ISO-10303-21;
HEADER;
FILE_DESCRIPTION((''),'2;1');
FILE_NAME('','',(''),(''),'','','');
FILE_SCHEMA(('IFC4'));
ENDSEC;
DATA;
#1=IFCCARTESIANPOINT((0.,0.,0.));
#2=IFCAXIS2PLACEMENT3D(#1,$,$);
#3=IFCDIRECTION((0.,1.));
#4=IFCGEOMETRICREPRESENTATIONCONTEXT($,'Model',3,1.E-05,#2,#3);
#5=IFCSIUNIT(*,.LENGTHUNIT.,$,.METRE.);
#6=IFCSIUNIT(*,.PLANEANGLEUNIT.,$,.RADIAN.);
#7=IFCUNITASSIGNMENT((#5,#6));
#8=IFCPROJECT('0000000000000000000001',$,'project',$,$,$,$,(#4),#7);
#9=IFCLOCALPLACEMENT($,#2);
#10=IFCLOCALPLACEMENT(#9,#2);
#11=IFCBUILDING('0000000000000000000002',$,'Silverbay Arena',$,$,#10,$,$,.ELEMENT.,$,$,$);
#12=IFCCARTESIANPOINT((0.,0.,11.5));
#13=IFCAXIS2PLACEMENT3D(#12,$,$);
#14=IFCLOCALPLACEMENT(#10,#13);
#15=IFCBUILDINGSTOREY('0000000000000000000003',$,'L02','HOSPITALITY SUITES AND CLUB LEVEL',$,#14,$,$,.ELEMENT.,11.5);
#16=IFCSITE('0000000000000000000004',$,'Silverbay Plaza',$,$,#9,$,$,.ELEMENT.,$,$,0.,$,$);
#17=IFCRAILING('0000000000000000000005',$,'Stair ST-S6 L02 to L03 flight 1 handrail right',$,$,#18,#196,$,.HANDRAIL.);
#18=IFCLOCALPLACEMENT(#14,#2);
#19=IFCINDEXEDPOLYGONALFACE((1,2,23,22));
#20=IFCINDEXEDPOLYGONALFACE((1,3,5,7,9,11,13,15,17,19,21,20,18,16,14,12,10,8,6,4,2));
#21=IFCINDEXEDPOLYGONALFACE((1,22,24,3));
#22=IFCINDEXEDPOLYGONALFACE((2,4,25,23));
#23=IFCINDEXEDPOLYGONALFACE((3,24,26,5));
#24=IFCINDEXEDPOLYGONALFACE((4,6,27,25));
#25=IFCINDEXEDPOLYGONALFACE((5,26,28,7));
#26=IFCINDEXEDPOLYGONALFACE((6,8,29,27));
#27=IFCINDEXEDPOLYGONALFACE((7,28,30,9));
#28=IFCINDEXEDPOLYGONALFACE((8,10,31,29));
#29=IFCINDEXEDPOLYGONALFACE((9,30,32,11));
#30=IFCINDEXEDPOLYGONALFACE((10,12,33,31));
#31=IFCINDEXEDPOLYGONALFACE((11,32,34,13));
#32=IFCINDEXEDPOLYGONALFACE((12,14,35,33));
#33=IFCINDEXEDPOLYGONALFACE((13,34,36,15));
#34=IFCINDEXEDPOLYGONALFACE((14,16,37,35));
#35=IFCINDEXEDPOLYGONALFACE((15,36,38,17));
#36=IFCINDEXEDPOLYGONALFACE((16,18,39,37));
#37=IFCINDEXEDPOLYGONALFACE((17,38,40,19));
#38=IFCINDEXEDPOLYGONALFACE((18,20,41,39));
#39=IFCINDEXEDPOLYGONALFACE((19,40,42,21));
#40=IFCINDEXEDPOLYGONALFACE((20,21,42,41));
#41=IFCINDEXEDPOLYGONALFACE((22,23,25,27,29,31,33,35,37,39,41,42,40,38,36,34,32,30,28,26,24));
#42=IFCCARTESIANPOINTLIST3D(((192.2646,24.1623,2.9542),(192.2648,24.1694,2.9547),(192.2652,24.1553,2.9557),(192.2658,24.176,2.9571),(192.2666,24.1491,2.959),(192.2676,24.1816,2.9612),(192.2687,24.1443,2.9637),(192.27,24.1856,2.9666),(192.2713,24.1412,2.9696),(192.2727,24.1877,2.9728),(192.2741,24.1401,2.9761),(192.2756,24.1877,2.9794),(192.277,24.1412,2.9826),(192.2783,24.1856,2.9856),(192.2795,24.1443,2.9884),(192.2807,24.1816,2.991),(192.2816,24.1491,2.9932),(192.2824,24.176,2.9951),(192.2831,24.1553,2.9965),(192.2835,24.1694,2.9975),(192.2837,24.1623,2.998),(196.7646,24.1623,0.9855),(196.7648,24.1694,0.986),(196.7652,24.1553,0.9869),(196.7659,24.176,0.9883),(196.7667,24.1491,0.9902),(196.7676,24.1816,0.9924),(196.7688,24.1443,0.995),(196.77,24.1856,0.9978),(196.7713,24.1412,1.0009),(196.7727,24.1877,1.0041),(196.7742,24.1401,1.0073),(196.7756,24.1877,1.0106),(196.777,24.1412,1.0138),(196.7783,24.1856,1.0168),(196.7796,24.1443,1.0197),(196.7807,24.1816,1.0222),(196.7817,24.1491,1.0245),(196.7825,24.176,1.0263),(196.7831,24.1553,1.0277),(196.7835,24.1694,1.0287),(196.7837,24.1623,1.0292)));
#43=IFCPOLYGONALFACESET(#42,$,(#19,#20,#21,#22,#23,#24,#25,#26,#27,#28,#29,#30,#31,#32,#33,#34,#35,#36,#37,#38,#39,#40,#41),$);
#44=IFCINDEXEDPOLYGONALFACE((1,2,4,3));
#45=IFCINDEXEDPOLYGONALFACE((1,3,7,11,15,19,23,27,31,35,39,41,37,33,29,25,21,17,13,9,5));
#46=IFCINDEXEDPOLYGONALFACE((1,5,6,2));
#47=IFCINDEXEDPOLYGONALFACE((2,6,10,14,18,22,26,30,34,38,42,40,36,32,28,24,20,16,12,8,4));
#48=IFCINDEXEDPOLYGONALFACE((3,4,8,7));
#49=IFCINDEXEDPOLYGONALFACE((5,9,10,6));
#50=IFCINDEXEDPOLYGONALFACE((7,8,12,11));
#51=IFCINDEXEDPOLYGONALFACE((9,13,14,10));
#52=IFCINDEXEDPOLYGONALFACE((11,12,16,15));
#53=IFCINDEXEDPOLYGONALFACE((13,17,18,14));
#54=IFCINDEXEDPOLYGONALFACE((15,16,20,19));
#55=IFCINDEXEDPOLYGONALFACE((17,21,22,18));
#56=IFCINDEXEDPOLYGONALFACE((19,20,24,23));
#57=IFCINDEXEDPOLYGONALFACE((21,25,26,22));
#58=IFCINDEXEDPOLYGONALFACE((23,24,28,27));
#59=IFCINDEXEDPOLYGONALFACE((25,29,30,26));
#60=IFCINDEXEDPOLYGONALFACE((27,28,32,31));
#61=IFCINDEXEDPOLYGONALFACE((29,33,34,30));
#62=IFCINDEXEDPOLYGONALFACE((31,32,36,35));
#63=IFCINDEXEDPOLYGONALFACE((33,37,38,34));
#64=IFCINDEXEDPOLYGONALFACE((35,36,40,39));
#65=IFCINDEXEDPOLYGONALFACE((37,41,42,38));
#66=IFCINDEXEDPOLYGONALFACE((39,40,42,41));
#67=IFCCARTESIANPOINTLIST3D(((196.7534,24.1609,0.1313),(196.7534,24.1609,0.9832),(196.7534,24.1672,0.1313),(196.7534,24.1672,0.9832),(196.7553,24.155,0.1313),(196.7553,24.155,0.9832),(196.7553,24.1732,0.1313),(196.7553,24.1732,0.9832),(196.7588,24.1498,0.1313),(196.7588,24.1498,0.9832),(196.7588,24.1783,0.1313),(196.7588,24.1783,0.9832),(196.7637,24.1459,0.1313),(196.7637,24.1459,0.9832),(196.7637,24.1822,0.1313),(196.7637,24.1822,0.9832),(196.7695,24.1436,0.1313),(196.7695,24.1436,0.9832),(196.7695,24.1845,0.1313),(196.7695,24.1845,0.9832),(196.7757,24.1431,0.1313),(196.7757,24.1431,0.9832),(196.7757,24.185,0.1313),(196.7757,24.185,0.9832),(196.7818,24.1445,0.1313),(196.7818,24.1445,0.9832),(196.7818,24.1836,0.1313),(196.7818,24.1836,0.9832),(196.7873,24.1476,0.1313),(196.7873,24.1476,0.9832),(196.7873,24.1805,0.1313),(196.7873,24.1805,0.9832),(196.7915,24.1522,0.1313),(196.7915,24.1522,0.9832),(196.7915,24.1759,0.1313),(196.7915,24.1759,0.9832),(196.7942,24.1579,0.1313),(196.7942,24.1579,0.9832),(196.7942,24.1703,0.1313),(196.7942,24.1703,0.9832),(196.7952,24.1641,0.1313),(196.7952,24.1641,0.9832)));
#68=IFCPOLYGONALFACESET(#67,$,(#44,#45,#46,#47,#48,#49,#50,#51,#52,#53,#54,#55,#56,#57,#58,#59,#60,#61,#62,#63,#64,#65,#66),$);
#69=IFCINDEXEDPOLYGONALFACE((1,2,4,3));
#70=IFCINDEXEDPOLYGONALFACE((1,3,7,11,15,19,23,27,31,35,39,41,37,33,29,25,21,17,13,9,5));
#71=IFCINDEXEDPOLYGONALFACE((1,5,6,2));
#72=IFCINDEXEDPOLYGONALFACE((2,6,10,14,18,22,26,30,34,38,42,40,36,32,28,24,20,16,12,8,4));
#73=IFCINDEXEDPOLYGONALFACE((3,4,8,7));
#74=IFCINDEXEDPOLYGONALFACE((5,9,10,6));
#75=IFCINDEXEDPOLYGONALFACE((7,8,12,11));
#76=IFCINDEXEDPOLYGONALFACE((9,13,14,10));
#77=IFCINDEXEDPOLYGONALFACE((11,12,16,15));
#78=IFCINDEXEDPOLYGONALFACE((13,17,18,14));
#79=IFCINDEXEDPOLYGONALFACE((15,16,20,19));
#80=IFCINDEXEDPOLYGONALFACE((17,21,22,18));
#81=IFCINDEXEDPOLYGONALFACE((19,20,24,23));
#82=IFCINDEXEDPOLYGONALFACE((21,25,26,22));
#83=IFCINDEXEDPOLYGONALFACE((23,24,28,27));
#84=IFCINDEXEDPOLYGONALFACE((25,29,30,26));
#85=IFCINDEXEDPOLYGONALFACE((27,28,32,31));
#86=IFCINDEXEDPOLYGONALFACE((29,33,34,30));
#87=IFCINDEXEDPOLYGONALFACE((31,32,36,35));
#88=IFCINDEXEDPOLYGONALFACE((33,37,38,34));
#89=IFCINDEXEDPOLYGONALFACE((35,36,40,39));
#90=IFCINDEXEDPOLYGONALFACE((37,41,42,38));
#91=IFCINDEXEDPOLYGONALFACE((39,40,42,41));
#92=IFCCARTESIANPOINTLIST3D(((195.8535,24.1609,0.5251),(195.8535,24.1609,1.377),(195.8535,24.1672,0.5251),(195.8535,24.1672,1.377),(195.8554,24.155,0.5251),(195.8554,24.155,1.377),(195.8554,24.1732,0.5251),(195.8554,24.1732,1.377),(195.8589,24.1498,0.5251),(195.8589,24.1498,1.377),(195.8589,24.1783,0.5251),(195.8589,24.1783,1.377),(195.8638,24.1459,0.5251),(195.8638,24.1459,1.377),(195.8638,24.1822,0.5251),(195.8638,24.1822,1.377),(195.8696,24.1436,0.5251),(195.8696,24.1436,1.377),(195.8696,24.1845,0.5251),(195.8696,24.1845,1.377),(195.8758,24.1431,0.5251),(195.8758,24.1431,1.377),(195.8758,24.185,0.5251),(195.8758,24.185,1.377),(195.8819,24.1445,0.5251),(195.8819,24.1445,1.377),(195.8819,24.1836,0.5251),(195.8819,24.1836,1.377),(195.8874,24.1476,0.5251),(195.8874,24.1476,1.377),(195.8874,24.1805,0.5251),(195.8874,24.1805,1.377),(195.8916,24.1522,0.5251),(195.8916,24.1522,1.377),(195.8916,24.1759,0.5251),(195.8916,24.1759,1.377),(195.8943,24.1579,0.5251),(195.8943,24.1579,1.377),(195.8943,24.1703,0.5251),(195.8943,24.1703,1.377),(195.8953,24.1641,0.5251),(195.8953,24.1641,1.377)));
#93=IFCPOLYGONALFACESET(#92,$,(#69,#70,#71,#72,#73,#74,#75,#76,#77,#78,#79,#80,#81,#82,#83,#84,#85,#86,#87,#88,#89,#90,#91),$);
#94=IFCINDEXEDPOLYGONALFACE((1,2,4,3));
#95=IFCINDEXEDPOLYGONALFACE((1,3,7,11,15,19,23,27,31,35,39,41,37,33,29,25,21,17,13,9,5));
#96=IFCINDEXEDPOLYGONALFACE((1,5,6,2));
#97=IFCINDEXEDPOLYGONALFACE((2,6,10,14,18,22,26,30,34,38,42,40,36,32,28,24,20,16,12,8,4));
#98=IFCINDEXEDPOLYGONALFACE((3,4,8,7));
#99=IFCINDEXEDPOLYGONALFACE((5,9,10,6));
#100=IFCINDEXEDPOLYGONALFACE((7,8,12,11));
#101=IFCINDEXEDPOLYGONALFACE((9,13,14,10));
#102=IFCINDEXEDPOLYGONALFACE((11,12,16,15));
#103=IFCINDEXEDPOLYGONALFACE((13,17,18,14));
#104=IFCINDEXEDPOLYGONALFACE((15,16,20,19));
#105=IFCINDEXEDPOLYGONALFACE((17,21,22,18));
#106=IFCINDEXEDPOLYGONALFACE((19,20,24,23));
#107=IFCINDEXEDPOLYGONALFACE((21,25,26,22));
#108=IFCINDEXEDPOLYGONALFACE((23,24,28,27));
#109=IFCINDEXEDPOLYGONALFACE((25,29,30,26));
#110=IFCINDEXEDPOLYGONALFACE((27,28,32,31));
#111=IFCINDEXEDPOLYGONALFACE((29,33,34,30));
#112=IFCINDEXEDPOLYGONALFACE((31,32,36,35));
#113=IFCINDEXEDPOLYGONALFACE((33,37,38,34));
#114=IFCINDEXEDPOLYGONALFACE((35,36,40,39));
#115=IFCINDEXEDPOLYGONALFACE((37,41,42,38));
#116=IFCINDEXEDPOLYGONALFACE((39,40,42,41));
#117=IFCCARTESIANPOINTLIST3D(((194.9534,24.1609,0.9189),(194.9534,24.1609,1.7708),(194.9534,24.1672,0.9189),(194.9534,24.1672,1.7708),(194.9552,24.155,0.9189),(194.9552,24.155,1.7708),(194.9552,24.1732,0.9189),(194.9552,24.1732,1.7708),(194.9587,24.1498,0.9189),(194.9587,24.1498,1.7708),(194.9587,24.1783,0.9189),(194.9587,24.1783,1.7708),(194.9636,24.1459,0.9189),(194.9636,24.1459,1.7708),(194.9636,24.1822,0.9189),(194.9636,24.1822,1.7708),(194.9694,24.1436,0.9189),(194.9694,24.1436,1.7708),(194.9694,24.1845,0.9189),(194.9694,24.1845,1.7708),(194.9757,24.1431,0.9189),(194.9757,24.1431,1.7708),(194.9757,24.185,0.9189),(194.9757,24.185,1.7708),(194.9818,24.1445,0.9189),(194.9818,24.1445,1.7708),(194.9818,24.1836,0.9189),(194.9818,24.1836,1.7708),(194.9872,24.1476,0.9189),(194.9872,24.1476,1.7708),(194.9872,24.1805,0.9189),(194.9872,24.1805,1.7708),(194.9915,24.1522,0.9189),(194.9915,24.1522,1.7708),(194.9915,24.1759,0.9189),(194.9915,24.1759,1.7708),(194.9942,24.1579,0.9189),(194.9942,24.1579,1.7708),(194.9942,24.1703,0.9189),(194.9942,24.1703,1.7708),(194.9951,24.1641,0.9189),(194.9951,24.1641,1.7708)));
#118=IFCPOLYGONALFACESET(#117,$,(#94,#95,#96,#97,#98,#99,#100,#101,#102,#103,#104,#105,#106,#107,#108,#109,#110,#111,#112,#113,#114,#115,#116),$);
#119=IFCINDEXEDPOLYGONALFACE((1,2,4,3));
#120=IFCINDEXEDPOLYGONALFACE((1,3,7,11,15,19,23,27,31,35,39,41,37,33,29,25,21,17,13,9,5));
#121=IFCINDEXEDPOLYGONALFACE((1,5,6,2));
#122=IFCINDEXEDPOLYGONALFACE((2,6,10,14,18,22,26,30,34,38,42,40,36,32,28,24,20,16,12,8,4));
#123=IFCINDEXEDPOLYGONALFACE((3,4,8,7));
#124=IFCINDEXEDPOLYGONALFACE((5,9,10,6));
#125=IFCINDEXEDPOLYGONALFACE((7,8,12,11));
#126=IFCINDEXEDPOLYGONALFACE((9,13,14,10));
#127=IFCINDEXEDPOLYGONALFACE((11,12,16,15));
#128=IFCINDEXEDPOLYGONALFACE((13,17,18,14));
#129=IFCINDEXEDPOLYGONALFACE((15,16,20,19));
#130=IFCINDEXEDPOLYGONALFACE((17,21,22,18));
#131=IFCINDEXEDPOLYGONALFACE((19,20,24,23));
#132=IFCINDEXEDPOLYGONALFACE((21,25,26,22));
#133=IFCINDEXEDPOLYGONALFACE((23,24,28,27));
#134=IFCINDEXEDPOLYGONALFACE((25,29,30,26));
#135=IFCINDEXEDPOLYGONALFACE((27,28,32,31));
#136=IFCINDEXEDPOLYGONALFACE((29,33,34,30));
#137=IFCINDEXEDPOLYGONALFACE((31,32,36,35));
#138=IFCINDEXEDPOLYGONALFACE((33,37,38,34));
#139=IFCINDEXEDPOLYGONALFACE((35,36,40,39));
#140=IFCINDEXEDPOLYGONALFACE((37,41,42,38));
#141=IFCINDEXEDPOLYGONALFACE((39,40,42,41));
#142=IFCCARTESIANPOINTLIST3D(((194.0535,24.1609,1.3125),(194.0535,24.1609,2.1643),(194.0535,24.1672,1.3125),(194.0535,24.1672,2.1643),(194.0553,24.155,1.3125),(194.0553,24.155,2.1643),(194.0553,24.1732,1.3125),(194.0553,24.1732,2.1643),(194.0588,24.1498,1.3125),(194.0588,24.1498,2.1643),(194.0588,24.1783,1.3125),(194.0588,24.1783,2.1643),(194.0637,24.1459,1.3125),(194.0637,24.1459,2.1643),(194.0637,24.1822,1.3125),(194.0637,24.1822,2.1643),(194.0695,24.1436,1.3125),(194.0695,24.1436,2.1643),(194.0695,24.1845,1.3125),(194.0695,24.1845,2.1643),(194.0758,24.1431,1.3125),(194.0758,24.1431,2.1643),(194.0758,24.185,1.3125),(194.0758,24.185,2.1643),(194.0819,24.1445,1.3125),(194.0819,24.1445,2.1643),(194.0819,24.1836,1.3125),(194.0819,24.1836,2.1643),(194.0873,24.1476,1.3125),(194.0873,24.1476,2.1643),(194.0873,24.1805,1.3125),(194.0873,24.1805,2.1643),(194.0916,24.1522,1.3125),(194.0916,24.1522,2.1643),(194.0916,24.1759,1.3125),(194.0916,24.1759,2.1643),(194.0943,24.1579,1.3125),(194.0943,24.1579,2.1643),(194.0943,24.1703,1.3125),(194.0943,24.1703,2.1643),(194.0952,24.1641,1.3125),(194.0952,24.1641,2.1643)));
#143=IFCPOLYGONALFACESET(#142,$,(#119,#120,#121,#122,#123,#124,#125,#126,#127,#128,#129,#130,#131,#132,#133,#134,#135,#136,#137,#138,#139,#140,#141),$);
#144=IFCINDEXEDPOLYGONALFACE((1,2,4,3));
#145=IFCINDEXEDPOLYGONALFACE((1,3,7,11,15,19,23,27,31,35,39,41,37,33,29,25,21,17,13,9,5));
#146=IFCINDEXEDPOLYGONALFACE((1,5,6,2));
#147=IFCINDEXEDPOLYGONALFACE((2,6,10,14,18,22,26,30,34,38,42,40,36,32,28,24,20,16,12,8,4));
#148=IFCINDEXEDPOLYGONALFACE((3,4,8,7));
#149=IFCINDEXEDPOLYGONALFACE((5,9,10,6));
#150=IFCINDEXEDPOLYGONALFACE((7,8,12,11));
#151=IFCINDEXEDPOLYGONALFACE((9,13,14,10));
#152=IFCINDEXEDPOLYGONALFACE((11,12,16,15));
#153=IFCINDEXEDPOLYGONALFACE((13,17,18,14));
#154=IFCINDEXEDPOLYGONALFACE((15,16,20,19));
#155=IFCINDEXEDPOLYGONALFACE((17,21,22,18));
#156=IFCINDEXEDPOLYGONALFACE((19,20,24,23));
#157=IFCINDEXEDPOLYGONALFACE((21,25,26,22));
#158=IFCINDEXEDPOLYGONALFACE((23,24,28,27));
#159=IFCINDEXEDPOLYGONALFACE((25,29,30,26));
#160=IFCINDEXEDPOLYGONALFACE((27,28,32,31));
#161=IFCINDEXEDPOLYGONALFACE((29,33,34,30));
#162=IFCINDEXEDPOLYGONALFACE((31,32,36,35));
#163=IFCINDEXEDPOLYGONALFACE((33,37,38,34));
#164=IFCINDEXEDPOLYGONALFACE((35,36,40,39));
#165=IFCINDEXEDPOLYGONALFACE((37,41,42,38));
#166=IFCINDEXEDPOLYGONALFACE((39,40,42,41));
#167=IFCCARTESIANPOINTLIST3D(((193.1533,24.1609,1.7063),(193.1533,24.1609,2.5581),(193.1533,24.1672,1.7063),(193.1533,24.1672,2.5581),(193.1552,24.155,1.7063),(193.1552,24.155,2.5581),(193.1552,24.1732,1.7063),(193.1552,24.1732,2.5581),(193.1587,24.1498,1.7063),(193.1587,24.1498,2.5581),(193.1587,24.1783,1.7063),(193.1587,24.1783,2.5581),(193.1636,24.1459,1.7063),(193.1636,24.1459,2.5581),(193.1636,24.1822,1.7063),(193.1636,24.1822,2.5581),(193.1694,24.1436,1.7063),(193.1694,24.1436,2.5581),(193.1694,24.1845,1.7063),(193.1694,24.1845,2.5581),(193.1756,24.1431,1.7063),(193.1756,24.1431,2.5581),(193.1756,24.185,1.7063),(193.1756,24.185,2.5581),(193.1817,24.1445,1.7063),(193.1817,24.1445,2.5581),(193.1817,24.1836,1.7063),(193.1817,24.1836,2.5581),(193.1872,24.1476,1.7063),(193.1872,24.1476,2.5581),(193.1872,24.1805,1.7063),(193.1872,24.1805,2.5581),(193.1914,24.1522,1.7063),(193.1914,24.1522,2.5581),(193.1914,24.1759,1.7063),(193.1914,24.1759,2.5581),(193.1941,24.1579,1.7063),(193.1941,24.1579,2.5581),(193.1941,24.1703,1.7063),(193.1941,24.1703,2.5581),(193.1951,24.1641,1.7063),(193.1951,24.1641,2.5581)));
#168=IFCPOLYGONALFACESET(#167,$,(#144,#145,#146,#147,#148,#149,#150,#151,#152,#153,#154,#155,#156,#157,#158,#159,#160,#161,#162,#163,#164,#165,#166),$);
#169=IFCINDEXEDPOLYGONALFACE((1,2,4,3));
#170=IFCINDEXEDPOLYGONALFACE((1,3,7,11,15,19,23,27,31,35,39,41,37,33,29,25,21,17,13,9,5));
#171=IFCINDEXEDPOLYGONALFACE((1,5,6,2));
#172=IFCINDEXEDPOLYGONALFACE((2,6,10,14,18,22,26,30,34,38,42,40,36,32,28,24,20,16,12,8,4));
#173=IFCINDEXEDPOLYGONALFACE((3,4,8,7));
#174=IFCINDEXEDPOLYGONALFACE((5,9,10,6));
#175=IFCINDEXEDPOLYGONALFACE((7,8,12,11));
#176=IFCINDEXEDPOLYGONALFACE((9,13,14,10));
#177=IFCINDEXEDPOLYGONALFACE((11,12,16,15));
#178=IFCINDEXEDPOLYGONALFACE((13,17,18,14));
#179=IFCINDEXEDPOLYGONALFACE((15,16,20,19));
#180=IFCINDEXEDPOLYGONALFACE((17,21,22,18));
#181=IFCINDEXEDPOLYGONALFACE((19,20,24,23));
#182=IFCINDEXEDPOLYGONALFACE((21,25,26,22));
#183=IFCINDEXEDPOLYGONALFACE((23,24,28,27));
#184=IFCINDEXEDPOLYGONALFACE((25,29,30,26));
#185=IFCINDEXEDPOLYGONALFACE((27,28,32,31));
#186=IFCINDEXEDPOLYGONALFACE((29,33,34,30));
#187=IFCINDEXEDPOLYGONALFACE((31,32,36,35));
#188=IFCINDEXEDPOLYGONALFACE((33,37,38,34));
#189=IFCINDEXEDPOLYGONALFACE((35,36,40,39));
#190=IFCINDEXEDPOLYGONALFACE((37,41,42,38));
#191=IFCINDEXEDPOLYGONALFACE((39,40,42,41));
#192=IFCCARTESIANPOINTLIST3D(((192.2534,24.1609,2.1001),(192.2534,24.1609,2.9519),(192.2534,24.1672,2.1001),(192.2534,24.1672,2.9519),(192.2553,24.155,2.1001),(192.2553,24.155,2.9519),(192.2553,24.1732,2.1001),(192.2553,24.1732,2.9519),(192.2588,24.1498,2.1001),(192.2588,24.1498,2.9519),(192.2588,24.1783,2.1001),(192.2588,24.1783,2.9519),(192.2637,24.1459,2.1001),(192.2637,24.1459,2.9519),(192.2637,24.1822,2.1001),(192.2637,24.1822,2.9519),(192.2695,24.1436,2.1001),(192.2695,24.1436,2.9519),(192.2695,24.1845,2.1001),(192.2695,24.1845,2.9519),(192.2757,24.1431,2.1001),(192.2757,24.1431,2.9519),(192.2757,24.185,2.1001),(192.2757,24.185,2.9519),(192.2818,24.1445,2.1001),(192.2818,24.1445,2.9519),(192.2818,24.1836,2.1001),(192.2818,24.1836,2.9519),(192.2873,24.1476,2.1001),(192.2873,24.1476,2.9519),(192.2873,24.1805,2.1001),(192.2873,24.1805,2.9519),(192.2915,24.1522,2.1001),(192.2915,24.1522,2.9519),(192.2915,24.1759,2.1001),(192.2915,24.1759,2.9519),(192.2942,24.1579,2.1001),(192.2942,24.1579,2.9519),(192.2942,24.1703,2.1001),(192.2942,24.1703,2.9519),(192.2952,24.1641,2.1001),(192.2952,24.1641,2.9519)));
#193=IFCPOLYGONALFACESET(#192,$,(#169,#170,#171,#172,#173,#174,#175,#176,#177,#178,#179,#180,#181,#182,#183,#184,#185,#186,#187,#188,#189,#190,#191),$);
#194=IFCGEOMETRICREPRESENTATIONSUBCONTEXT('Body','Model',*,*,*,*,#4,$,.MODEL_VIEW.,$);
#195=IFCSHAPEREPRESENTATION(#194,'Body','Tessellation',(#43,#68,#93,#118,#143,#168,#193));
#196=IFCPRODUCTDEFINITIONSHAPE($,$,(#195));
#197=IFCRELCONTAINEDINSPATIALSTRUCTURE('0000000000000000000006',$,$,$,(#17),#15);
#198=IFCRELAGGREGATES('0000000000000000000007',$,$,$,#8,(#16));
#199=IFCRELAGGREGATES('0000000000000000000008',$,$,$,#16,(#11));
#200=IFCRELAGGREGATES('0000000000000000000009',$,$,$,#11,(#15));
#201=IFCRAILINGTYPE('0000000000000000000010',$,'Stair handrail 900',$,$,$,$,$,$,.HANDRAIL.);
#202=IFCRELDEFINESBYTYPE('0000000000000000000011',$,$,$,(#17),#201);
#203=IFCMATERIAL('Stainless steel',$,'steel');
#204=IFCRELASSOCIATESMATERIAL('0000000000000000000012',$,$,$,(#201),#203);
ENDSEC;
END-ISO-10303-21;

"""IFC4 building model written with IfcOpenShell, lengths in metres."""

from ifc_helpers import new_model, si_unit, direction, frame, origin, origin_2d, place, context, subcontext, project, spatial, circle, extrude, material, type_object, element, save


model = new_model("IFC4")

# Units and contexts
model_context = context("Model", 3, precision=1e-05, world=origin(), true_north=direction((0.0, 1.0)))
body_context = subcontext(model_context, "Body", "Model", "MODEL_VIEW")
ifc_project = project(units=[si_unit("LENGTHUNIT", "METRE"), si_unit("PLANEANGLEUNIT", "RADIAN")], contexts=[model_context])

# Site, building, storey
site_placement = place(None, origin())
site = spatial("IfcSite", under=ifc_project, at=site_placement, Name="Silverbay Plaza", CompositionType="ELEMENT", RefElevation=0.0)
building_placement = place(site_placement, origin())
building = spatial("IfcBuilding", under=site, at=building_placement, Name="Silverbay Arena", CompositionType="ELEMENT")
storey_placement = place(building_placement, frame((0.0, 0.0, 11.5)))
storey = spatial("IfcBuildingStorey", under=building, at=storey_placement, Name="L02", Description="HOSPITALITY SUITES AND CLUB LEVEL", CompositionType="ELEMENT", Elevation=11.5)

# Railing
ifc_material_1 = material(Name="Stainless steel", Category="steel")
railing_type_1 = type_object("IfcRailingType", Name="Stair handrail 900", PredefinedType="HANDRAIL", material=ifc_material_1)
for number, where, name in (
    (1, (196.7742, 24.1641, 0.1313), "Stair ST-S6 L02 to L03 flight 1 handrail right"),
):
    element("IfcRailing", number, at=place(storey_placement, frame(where)), inside=storey, type_object=railing_type_1, Name=name, PredefinedType="HANDRAIL", context=body_context, shape_type="SweptSolid", body=[
        extrude(circle(Radius=0.0239, at=origin_2d()), frame((0.0, 0.0, 0.876), z_axis=(-0.916157, 0.0, 0.400819), x_axis=(0.0, -1.0, 0.0)), (0.0, 0.0, 1.0), 4.9119),
        extrude(circle(Radius=0.021, at=origin_2d()), origin(), (0.0, 0.0, 1.0), 0.8518),
        extrude(circle(Radius=0.021, at=origin_2d()), frame((-0.8999, 0.0, 0.3938)), (0.0, 0.0, 1.0), 0.8518),
        extrude(circle(Radius=0.021, at=origin_2d()), frame((-1.8, 0.0, 0.7876)), (0.0, 0.0, 1.0), 0.8518),
        extrude(circle(Radius=0.021, at=origin_2d()), frame((-2.7, 0.0, 1.1812)), (0.0, 0.0, 1.0), 0.8518),
        extrude(circle(Radius=0.021, at=origin_2d()), frame((-3.6001, 0.0, 1.575)), (0.0, 0.0, 1.0), 0.8518),
        extrude(circle(Radius=0.021, at=origin_2d()), frame((-4.5, 0.0, 1.9688)), (0.0, 0.0, 1.0), 0.8518),
    ])

save(model, "model.ifc")
